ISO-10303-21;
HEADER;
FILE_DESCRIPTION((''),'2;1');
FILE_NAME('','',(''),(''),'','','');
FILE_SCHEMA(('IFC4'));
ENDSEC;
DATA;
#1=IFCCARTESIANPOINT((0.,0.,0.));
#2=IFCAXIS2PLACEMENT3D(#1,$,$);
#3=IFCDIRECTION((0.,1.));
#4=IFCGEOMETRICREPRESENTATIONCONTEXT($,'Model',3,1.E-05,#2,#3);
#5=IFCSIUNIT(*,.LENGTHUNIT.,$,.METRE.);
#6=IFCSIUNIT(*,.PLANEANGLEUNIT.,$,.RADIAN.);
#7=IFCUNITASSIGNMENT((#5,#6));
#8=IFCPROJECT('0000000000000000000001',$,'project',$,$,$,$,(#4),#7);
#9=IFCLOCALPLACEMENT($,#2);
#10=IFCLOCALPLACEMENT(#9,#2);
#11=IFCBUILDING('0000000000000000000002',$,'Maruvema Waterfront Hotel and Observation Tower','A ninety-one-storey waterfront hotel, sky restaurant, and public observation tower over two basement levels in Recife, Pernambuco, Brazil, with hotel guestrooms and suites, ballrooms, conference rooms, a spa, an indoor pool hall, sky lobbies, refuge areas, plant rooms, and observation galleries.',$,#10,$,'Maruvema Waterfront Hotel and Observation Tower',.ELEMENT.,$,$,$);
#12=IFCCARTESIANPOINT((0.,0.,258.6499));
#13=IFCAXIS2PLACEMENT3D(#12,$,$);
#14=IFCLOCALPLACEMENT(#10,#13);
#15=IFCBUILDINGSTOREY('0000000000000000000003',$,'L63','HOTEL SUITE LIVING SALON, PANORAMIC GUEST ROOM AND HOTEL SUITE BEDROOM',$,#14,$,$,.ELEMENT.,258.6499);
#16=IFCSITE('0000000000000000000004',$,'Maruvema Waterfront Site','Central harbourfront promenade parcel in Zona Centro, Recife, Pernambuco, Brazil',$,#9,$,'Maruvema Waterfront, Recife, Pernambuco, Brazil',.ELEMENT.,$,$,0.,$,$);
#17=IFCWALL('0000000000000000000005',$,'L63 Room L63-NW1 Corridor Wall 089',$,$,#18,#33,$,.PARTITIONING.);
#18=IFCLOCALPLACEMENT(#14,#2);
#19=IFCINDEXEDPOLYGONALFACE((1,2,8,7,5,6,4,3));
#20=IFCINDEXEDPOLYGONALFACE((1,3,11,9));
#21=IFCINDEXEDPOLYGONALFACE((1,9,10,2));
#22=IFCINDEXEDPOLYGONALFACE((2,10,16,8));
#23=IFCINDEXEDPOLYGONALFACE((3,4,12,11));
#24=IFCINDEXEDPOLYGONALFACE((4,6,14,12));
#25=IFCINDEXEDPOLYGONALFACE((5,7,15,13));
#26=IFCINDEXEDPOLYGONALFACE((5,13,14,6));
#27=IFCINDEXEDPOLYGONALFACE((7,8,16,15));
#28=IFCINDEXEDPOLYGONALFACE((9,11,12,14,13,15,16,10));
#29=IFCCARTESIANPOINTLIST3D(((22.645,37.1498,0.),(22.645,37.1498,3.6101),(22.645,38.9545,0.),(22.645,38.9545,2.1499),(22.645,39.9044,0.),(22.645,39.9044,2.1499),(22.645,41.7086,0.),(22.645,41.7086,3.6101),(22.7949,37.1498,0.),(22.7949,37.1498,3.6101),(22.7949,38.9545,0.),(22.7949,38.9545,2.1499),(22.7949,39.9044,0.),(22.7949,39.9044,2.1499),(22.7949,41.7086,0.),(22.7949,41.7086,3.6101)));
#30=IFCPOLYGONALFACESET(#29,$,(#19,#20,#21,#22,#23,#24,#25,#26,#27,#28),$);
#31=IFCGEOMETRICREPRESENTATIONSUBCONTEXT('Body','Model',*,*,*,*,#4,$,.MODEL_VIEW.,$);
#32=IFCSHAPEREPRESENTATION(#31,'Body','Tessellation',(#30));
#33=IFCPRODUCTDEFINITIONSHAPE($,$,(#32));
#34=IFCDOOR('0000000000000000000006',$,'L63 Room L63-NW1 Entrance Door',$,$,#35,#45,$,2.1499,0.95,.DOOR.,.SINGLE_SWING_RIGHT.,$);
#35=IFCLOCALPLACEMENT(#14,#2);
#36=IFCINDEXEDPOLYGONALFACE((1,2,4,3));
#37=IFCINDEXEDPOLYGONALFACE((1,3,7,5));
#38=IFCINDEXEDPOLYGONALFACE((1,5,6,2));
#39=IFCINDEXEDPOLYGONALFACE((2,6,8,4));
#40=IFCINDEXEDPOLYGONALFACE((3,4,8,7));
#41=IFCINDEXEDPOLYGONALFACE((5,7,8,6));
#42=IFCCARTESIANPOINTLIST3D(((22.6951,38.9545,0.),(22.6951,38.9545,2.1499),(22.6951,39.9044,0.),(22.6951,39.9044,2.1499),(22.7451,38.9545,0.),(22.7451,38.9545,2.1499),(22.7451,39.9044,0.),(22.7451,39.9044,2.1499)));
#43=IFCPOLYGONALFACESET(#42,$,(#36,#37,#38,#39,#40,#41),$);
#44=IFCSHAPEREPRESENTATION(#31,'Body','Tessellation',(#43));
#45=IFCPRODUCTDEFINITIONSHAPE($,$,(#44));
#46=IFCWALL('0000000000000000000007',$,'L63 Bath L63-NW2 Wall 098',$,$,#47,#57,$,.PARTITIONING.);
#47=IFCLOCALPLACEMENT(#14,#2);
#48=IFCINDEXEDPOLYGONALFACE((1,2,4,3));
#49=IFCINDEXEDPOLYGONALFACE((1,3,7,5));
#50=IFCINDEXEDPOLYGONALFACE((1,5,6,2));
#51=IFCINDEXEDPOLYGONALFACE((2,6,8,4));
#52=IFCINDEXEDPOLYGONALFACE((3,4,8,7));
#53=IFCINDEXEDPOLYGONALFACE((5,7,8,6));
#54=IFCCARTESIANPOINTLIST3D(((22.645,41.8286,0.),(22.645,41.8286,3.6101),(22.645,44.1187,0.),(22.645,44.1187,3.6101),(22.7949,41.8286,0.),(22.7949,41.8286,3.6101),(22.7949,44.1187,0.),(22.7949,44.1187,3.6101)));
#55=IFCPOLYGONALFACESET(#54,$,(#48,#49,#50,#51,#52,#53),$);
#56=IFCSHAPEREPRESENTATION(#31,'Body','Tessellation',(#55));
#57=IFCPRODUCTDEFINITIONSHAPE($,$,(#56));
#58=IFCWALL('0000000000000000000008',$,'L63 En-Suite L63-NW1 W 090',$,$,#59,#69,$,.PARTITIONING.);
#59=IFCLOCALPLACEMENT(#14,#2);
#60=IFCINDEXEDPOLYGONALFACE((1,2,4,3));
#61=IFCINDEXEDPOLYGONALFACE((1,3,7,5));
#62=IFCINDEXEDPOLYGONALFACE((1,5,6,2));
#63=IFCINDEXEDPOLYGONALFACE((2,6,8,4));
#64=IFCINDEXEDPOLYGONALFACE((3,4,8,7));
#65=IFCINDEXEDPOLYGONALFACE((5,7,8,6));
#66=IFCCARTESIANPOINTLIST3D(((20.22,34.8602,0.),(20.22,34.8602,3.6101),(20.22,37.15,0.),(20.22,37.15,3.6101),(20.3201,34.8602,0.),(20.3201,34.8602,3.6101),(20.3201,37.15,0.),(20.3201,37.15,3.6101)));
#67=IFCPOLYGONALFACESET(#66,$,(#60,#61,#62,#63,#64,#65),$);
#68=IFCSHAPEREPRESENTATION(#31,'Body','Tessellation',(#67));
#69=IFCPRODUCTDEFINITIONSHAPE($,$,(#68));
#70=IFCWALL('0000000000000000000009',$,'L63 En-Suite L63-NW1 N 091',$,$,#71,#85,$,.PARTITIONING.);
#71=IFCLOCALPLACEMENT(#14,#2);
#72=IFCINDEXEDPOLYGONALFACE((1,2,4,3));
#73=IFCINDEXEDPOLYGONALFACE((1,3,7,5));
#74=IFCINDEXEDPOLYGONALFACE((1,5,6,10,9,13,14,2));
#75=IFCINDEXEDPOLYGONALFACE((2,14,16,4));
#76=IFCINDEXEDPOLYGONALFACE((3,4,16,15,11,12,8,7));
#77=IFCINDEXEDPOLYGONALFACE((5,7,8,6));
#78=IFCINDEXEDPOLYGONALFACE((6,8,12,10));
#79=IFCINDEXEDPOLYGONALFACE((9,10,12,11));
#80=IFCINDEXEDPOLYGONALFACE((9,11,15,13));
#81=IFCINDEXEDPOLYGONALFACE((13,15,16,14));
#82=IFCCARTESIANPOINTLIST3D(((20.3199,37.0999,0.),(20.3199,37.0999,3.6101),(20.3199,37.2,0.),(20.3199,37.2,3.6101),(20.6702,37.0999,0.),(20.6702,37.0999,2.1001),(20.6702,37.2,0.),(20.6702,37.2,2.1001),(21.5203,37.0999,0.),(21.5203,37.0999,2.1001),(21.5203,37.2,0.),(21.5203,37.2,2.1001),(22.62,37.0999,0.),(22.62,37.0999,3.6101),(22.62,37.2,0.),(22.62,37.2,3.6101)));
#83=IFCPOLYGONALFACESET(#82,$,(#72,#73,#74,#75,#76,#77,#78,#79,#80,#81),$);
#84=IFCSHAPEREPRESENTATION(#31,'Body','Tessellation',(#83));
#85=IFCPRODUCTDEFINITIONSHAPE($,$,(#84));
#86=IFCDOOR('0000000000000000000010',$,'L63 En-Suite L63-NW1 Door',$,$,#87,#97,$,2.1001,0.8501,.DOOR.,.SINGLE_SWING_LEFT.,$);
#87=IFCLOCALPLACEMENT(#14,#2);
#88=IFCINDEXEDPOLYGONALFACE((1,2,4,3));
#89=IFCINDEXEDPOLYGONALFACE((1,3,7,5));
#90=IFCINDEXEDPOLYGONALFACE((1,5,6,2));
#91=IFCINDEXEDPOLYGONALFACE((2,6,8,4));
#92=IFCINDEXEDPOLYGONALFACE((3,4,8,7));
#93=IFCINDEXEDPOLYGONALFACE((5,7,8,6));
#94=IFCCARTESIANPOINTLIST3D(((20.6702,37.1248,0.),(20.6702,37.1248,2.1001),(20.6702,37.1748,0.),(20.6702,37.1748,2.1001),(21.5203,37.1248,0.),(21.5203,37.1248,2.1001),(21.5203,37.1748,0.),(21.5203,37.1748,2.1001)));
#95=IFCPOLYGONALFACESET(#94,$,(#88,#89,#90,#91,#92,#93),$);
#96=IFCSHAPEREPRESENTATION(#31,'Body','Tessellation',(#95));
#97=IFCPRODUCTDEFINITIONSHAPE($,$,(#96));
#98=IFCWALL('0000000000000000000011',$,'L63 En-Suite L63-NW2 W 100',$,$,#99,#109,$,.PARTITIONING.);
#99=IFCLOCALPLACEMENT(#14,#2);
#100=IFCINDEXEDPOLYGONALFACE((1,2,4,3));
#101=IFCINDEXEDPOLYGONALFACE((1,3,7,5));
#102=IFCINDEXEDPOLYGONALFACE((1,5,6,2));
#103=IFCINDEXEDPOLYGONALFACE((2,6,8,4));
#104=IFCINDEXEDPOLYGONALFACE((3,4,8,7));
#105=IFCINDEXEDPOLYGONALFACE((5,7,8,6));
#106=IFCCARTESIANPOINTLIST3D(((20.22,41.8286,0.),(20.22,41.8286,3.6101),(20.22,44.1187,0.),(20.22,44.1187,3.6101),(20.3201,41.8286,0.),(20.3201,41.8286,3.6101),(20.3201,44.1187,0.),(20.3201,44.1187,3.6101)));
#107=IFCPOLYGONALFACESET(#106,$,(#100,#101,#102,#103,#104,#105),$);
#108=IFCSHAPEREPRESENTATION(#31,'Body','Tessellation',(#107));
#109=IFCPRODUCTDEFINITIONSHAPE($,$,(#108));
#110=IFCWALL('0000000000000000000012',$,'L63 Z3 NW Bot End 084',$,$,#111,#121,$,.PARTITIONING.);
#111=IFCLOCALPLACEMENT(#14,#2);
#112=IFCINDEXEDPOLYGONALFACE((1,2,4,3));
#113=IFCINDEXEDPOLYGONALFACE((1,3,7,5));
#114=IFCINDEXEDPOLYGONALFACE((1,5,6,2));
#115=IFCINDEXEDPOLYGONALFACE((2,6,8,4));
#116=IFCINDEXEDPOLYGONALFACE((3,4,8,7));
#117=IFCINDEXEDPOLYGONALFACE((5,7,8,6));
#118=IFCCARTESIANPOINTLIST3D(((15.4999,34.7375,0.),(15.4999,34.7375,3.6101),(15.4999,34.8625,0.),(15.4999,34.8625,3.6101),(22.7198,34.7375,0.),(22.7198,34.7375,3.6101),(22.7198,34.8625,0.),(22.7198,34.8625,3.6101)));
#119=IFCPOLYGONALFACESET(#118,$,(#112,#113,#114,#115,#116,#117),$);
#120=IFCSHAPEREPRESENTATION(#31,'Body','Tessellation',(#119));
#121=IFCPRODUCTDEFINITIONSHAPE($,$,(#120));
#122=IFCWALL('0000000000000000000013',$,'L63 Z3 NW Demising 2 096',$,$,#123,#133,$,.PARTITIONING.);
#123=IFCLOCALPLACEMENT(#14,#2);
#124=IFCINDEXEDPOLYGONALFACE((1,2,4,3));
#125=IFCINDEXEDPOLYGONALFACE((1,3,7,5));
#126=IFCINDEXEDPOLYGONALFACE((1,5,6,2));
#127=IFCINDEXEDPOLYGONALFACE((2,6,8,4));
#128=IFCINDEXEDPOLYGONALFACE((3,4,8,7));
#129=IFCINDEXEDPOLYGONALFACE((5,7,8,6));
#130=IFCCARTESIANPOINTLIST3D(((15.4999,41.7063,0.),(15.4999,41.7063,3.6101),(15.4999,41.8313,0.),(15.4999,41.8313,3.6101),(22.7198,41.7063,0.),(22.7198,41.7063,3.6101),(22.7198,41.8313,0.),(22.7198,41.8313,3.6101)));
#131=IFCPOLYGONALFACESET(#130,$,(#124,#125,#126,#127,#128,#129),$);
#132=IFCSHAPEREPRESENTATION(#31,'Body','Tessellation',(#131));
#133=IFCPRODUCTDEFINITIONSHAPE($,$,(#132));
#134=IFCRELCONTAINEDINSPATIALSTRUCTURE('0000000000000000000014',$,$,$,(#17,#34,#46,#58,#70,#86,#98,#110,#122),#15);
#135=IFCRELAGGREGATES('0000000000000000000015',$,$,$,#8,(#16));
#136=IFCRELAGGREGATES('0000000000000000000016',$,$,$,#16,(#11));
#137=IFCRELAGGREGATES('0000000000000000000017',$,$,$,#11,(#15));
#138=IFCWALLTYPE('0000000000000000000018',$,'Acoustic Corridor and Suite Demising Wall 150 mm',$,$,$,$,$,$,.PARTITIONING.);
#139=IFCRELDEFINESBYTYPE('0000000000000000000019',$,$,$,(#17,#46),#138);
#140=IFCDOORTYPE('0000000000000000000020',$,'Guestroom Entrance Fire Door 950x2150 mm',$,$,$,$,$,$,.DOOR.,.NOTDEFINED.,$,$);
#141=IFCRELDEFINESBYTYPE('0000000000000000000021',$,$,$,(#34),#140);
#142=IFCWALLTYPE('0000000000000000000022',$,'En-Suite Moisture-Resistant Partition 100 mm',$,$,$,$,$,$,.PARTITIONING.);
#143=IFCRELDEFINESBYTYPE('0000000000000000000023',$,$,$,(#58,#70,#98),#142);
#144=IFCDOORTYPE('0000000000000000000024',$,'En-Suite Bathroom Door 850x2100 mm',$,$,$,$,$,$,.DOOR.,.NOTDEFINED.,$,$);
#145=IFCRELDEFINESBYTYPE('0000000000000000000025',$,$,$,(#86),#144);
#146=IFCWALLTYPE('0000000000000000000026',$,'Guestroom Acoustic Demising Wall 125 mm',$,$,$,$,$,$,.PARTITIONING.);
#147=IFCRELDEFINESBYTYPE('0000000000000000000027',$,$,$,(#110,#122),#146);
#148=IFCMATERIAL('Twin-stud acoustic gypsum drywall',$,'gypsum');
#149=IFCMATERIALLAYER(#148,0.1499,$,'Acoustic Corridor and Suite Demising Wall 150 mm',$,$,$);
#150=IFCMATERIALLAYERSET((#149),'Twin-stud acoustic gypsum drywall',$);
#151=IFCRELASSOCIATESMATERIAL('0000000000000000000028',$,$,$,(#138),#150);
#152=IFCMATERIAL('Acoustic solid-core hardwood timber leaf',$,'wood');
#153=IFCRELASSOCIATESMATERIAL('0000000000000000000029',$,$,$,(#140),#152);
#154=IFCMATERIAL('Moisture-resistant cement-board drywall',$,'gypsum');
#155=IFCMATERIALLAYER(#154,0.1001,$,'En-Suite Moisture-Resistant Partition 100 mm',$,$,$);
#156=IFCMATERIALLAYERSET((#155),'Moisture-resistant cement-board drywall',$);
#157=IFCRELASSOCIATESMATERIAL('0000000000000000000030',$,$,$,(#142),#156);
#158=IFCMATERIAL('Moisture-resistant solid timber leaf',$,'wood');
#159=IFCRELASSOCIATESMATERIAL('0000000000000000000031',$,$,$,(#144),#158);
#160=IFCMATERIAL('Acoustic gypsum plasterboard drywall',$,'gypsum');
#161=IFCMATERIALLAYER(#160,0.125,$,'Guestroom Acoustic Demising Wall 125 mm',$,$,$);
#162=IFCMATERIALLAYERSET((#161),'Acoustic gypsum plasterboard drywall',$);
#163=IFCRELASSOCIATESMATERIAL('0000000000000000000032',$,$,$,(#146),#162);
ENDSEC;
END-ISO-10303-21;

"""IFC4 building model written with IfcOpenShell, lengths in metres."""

from ifc_helpers import new_model, si_unit, direction, frame, frame_2d, origin, place, context, subcontext, project, spatial, rectangle, extrude, material, layer, layer_set, type_object, element, fill, save


model = new_model("IFC4")

# Units and contexts
model_context = context("Model", 3, precision=1e-05, world=origin(), true_north=direction((0.0, 1.0)))
body_context = subcontext(model_context, "Body", "Model", "MODEL_VIEW")
ifc_project = project(units=[si_unit("LENGTHUNIT", "METRE"), si_unit("PLANEANGLEUNIT", "RADIAN")], contexts=[model_context])

# Site, building, storey
site_placement = place(None, origin())
site = spatial("IfcSite", under=ifc_project, at=site_placement, Name="Maruvema Waterfront Site", Description="Central harbourfront promenade parcel in Zona Centro, Recife, Pernambuco, Brazil", LongName="Maruvema Waterfront, Recife, Pernambuco, Brazil", CompositionType="ELEMENT", RefElevation=0.0)
building_placement = place(site_placement, origin())
building = spatial("IfcBuilding", under=site, at=building_placement, Name="Maruvema Waterfront Hotel and Observation Tower", Description="A ninety-one-storey waterfront hotel, sky restaurant, and public observation tower over two basement levels in Recife, Pernambuco, Brazil, with hotel guestrooms and suites, ballrooms, conference rooms, a spa, an indoor pool hall, sky lobbies, refuge areas, plant rooms, and observation galleries.", LongName="Maruvema Waterfront Hotel and Observation Tower", CompositionType="ELEMENT")
storey_placement = place(building_placement, frame((0.0, 0.0, 258.6499)))
storey = spatial("IfcBuildingStorey", under=building, at=storey_placement, Name="L63", Description="HOTEL SUITE LIVING SALON, PANORAMIC GUEST ROOM AND HOTEL SUITE BEDROOM", CompositionType="ELEMENT", Elevation=258.6499)

# Shared definitions
ifc_material_1 = material(Name="Twin-stud acoustic gypsum drywall", Category="gypsum")
ifc_layer_1 = layer(ifc_material_1, 0.1499, Name="Acoustic Corridor and Suite Demising Wall 150 mm")
ifc_layer_set_1 = layer_set([ifc_layer_1], Name="Twin-stud acoustic gypsum drywall")
wall_type_1 = type_object("IfcWallType", Name="Acoustic Corridor and Suite Demising Wall 150 mm", PredefinedType="PARTITIONING", material=ifc_layer_set_1)

# Wall, opening, door
wall_1_placement = place(storey_placement, frame((22.72, 37.1499, 0.0), z_axis=(0.0, 0.0, 1.0), x_axis=(0.0, 1.0, 0.0)))
wall_1 = element("IfcWall", 1, at=wall_1_placement, inside=storey, type_object=wall_type_1, Name="L63 Room L63-NW1 Corridor Wall 089", PredefinedType="PARTITIONING", context=body_context, shape_type="SweptSolid", body=[
    extrude(rectangle(XDim=4.5588, YDim=0.1499, at=frame_2d((2.2793, 0.0))), origin(), (0.0, 0.0, 1.0), 3.6101),
])
opening_1_placement = place(wall_1_placement, frame((1.8044, 0.0, 0.0)))
opening_1 = element("IfcOpeningElement", 2, at=opening_1_placement, cuts=wall_1, PredefinedType="OPENING", context=body_context, shape_type="SweptSolid", body=[
    extrude(rectangle(XDim=0.95, YDim=2.1499, at=frame_2d((0.4751, 1.075))), frame((0.0, 0.085, 0.0), z_axis=(0.0, -1.0, 0.0), x_axis=(1.0, 0.0, 0.0)), (0.0, 0.0, 1.0), 0.1699),
])
ifc_material_2 = material(Name="Acoustic solid-core hardwood timber leaf", Category="wood")
door_type_1 = type_object("IfcDoorType", Name="Guestroom Entrance Fire Door 950x2150 mm", OperationType="NOTDEFINED", PredefinedType="DOOR", material=ifc_material_2)
door_1_placement = place(opening_1_placement, origin())
door_1 = element("IfcDoor", 3, at=door_1_placement, inside=storey, type_object=door_type_1, Name="L63 Room L63-NW1 Entrance Door", OperationType="SINGLE_SWING_RIGHT", OverallHeight=2.1499, OverallWidth=0.95, PredefinedType="DOOR", context=body_context, shape_type="SweptSolid", body=[
    extrude(rectangle(XDim=0.95, YDim=2.1499, at=frame_2d((0.4751, 1.075))), frame((0.0, 0.0249, 0.0), z_axis=(0.0, -1.0, 0.0), x_axis=(1.0, 0.0, 0.0)), (0.0, 0.0, 1.0), 0.05),
])
fill(opening_1, door_1)

# Wall
wall_2_placement = place(storey_placement, frame((22.72, 41.8286, 0.0), z_axis=(0.0, 0.0, 1.0), x_axis=(0.0, 1.0, 0.0)))
element("IfcWall", 4, at=wall_2_placement, inside=storey, type_object=wall_type_1, Name="L63 Bath L63-NW2 Wall 098", PredefinedType="PARTITIONING", context=body_context, shape_type="SweptSolid", body=[
    extrude(rectangle(XDim=2.29, YDim=0.1499, at=frame_2d((1.145, 0.0))), origin(), (0.0, 0.0, 1.0), 3.6101),
])

# Wall
ifc_material_3 = material(Name="Moisture-resistant cement-board drywall", Category="gypsum")
ifc_layer_2 = layer(ifc_material_3, 0.1001, Name="En-Suite Moisture-Resistant Partition 100 mm")
ifc_layer_set_2 = layer_set([ifc_layer_2], Name="Moisture-resistant cement-board drywall")
wall_type_2 = type_object("IfcWallType", Name="En-Suite Moisture-Resistant Partition 100 mm", PredefinedType="PARTITIONING", material=ifc_layer_set_2)
wall_3_placement = place(storey_placement, frame((20.27, 34.8601, 0.0), z_axis=(0.0, 0.0, 1.0), x_axis=(0.0, 1.0, 0.0)))
element("IfcWall", 5, at=wall_3_placement, inside=storey, type_object=wall_type_2, Name="L63 En-Suite L63-NW1 W 090", PredefinedType="PARTITIONING", context=body_context, shape_type="SweptSolid", body=[
    extrude(rectangle(XDim=2.2898, YDim=0.1001, at=frame_2d((1.145, 0.0))), origin(), (0.0, 0.0, 1.0), 3.6101),
])

# Wall, opening, door
wall_4_placement = place(storey_placement, frame((20.3201, 37.1499, 0.0), z_axis=(0.0, 0.0, 1.0), x_axis=(1.0, 0.0, 0.0)))
wall_4 = element("IfcWall", 6, at=wall_4_placement, inside=storey, type_object=wall_type_2, Name="L63 En-Suite L63-NW1 N 091", PredefinedType="PARTITIONING", context=body_context, shape_type="SweptSolid", body=[
    extrude(rectangle(XDim=2.3, YDim=0.1001, at=frame_2d((1.1499, 0.0))), origin(), (0.0, 0.0, 1.0), 3.6101),
])
opening_2_placement = place(wall_4_placement, frame((0.3501, 0.0, 0.0)))
opening_2 = element("IfcOpeningElement", 7, at=opening_2_placement, cuts=wall_4, PredefinedType="OPENING", context=body_context, shape_type="SweptSolid", body=[
    extrude(rectangle(XDim=0.8501, YDim=2.1001, at=frame_2d((0.425, 1.05))), frame((0.0, 0.0601, 0.0), z_axis=(0.0, -1.0, 0.0), x_axis=(1.0, 0.0, 0.0)), (0.0, 0.0, 1.0), 0.1201),
])
ifc_material_4 = material(Name="Moisture-resistant solid timber leaf", Category="wood")
door_type_2 = type_object("IfcDoorType", Name="En-Suite Bathroom Door 850x2100 mm", OperationType="NOTDEFINED", PredefinedType="DOOR", material=ifc_material_4)
door_2_placement = place(opening_2_placement, origin())
door_2 = element("IfcDoor", 8, at=door_2_placement, inside=storey, type_object=door_type_2, Name="L63 En-Suite L63-NW1 Door", OperationType="SINGLE_SWING_LEFT", OverallHeight=2.1001, OverallWidth=0.8501, PredefinedType="DOOR", context=body_context, shape_type="SweptSolid", body=[
    extrude(rectangle(XDim=0.8501, YDim=2.1001, at=frame_2d((0.425, 1.05))), frame((0.0, 0.0249, 0.0), z_axis=(0.0, -1.0, 0.0), x_axis=(1.0, 0.0, 0.0)), (0.0, 0.0, 1.0), 0.05),
])
fill(opening_2, door_2)

# Walls
wall_5_placement = place(storey_placement, frame((20.27, 41.8286, 0.0), z_axis=(0.0, 0.0, 1.0), x_axis=(0.0, 1.0, 0.0)))
element("IfcWall", 9, at=wall_5_placement, inside=storey, type_object=wall_type_2, Name="L63 En-Suite L63-NW2 W 100", PredefinedType="PARTITIONING", context=body_context, shape_type="SweptSolid", body=[
    extrude(rectangle(XDim=2.29, YDim=0.1001, at=frame_2d((1.145, 0.0))), origin(), (0.0, 0.0, 1.0), 3.6101),
])
ifc_material_5 = material(Name="Acoustic gypsum plasterboard drywall", Category="gypsum")
ifc_layer_3 = layer(ifc_material_5, 0.125, Name="Guestroom Acoustic Demising Wall 125 mm")
ifc_layer_set_3 = layer_set([ifc_layer_3], Name="Acoustic gypsum plasterboard drywall")
wall_type_3 = type_object("IfcWallType", Name="Guestroom Acoustic Demising Wall 125 mm", PredefinedType="PARTITIONING", material=ifc_layer_set_3)
for number, where, z_axis, x_axis, name in (
    (10, (15.5, 34.8, 0.0), (0.0, 0.0, 1.0), (1.0, 0.0, 0.0), "L63 Z3 NW Bot End 084"),
    (11, (15.5, 41.7688, 0.0), (0.0, 0.0, 1.0), (1.0, 0.0, 0.0), "L63 Z3 NW Demising 2 096"),
):
    element("IfcWall", number, at=place(storey_placement, frame(where, z_axis=z_axis, x_axis=x_axis)), inside=storey, type_object=wall_type_3, Name=name, PredefinedType="PARTITIONING", context=body_context, shape_type="SweptSolid", body=[
        extrude(rectangle(XDim=7.22, YDim=0.125, at=frame_2d((3.6099, 0.0))), origin(), (0.0, 0.0, 1.0), 3.6101),
    ])

save(model, "model.ifc")
